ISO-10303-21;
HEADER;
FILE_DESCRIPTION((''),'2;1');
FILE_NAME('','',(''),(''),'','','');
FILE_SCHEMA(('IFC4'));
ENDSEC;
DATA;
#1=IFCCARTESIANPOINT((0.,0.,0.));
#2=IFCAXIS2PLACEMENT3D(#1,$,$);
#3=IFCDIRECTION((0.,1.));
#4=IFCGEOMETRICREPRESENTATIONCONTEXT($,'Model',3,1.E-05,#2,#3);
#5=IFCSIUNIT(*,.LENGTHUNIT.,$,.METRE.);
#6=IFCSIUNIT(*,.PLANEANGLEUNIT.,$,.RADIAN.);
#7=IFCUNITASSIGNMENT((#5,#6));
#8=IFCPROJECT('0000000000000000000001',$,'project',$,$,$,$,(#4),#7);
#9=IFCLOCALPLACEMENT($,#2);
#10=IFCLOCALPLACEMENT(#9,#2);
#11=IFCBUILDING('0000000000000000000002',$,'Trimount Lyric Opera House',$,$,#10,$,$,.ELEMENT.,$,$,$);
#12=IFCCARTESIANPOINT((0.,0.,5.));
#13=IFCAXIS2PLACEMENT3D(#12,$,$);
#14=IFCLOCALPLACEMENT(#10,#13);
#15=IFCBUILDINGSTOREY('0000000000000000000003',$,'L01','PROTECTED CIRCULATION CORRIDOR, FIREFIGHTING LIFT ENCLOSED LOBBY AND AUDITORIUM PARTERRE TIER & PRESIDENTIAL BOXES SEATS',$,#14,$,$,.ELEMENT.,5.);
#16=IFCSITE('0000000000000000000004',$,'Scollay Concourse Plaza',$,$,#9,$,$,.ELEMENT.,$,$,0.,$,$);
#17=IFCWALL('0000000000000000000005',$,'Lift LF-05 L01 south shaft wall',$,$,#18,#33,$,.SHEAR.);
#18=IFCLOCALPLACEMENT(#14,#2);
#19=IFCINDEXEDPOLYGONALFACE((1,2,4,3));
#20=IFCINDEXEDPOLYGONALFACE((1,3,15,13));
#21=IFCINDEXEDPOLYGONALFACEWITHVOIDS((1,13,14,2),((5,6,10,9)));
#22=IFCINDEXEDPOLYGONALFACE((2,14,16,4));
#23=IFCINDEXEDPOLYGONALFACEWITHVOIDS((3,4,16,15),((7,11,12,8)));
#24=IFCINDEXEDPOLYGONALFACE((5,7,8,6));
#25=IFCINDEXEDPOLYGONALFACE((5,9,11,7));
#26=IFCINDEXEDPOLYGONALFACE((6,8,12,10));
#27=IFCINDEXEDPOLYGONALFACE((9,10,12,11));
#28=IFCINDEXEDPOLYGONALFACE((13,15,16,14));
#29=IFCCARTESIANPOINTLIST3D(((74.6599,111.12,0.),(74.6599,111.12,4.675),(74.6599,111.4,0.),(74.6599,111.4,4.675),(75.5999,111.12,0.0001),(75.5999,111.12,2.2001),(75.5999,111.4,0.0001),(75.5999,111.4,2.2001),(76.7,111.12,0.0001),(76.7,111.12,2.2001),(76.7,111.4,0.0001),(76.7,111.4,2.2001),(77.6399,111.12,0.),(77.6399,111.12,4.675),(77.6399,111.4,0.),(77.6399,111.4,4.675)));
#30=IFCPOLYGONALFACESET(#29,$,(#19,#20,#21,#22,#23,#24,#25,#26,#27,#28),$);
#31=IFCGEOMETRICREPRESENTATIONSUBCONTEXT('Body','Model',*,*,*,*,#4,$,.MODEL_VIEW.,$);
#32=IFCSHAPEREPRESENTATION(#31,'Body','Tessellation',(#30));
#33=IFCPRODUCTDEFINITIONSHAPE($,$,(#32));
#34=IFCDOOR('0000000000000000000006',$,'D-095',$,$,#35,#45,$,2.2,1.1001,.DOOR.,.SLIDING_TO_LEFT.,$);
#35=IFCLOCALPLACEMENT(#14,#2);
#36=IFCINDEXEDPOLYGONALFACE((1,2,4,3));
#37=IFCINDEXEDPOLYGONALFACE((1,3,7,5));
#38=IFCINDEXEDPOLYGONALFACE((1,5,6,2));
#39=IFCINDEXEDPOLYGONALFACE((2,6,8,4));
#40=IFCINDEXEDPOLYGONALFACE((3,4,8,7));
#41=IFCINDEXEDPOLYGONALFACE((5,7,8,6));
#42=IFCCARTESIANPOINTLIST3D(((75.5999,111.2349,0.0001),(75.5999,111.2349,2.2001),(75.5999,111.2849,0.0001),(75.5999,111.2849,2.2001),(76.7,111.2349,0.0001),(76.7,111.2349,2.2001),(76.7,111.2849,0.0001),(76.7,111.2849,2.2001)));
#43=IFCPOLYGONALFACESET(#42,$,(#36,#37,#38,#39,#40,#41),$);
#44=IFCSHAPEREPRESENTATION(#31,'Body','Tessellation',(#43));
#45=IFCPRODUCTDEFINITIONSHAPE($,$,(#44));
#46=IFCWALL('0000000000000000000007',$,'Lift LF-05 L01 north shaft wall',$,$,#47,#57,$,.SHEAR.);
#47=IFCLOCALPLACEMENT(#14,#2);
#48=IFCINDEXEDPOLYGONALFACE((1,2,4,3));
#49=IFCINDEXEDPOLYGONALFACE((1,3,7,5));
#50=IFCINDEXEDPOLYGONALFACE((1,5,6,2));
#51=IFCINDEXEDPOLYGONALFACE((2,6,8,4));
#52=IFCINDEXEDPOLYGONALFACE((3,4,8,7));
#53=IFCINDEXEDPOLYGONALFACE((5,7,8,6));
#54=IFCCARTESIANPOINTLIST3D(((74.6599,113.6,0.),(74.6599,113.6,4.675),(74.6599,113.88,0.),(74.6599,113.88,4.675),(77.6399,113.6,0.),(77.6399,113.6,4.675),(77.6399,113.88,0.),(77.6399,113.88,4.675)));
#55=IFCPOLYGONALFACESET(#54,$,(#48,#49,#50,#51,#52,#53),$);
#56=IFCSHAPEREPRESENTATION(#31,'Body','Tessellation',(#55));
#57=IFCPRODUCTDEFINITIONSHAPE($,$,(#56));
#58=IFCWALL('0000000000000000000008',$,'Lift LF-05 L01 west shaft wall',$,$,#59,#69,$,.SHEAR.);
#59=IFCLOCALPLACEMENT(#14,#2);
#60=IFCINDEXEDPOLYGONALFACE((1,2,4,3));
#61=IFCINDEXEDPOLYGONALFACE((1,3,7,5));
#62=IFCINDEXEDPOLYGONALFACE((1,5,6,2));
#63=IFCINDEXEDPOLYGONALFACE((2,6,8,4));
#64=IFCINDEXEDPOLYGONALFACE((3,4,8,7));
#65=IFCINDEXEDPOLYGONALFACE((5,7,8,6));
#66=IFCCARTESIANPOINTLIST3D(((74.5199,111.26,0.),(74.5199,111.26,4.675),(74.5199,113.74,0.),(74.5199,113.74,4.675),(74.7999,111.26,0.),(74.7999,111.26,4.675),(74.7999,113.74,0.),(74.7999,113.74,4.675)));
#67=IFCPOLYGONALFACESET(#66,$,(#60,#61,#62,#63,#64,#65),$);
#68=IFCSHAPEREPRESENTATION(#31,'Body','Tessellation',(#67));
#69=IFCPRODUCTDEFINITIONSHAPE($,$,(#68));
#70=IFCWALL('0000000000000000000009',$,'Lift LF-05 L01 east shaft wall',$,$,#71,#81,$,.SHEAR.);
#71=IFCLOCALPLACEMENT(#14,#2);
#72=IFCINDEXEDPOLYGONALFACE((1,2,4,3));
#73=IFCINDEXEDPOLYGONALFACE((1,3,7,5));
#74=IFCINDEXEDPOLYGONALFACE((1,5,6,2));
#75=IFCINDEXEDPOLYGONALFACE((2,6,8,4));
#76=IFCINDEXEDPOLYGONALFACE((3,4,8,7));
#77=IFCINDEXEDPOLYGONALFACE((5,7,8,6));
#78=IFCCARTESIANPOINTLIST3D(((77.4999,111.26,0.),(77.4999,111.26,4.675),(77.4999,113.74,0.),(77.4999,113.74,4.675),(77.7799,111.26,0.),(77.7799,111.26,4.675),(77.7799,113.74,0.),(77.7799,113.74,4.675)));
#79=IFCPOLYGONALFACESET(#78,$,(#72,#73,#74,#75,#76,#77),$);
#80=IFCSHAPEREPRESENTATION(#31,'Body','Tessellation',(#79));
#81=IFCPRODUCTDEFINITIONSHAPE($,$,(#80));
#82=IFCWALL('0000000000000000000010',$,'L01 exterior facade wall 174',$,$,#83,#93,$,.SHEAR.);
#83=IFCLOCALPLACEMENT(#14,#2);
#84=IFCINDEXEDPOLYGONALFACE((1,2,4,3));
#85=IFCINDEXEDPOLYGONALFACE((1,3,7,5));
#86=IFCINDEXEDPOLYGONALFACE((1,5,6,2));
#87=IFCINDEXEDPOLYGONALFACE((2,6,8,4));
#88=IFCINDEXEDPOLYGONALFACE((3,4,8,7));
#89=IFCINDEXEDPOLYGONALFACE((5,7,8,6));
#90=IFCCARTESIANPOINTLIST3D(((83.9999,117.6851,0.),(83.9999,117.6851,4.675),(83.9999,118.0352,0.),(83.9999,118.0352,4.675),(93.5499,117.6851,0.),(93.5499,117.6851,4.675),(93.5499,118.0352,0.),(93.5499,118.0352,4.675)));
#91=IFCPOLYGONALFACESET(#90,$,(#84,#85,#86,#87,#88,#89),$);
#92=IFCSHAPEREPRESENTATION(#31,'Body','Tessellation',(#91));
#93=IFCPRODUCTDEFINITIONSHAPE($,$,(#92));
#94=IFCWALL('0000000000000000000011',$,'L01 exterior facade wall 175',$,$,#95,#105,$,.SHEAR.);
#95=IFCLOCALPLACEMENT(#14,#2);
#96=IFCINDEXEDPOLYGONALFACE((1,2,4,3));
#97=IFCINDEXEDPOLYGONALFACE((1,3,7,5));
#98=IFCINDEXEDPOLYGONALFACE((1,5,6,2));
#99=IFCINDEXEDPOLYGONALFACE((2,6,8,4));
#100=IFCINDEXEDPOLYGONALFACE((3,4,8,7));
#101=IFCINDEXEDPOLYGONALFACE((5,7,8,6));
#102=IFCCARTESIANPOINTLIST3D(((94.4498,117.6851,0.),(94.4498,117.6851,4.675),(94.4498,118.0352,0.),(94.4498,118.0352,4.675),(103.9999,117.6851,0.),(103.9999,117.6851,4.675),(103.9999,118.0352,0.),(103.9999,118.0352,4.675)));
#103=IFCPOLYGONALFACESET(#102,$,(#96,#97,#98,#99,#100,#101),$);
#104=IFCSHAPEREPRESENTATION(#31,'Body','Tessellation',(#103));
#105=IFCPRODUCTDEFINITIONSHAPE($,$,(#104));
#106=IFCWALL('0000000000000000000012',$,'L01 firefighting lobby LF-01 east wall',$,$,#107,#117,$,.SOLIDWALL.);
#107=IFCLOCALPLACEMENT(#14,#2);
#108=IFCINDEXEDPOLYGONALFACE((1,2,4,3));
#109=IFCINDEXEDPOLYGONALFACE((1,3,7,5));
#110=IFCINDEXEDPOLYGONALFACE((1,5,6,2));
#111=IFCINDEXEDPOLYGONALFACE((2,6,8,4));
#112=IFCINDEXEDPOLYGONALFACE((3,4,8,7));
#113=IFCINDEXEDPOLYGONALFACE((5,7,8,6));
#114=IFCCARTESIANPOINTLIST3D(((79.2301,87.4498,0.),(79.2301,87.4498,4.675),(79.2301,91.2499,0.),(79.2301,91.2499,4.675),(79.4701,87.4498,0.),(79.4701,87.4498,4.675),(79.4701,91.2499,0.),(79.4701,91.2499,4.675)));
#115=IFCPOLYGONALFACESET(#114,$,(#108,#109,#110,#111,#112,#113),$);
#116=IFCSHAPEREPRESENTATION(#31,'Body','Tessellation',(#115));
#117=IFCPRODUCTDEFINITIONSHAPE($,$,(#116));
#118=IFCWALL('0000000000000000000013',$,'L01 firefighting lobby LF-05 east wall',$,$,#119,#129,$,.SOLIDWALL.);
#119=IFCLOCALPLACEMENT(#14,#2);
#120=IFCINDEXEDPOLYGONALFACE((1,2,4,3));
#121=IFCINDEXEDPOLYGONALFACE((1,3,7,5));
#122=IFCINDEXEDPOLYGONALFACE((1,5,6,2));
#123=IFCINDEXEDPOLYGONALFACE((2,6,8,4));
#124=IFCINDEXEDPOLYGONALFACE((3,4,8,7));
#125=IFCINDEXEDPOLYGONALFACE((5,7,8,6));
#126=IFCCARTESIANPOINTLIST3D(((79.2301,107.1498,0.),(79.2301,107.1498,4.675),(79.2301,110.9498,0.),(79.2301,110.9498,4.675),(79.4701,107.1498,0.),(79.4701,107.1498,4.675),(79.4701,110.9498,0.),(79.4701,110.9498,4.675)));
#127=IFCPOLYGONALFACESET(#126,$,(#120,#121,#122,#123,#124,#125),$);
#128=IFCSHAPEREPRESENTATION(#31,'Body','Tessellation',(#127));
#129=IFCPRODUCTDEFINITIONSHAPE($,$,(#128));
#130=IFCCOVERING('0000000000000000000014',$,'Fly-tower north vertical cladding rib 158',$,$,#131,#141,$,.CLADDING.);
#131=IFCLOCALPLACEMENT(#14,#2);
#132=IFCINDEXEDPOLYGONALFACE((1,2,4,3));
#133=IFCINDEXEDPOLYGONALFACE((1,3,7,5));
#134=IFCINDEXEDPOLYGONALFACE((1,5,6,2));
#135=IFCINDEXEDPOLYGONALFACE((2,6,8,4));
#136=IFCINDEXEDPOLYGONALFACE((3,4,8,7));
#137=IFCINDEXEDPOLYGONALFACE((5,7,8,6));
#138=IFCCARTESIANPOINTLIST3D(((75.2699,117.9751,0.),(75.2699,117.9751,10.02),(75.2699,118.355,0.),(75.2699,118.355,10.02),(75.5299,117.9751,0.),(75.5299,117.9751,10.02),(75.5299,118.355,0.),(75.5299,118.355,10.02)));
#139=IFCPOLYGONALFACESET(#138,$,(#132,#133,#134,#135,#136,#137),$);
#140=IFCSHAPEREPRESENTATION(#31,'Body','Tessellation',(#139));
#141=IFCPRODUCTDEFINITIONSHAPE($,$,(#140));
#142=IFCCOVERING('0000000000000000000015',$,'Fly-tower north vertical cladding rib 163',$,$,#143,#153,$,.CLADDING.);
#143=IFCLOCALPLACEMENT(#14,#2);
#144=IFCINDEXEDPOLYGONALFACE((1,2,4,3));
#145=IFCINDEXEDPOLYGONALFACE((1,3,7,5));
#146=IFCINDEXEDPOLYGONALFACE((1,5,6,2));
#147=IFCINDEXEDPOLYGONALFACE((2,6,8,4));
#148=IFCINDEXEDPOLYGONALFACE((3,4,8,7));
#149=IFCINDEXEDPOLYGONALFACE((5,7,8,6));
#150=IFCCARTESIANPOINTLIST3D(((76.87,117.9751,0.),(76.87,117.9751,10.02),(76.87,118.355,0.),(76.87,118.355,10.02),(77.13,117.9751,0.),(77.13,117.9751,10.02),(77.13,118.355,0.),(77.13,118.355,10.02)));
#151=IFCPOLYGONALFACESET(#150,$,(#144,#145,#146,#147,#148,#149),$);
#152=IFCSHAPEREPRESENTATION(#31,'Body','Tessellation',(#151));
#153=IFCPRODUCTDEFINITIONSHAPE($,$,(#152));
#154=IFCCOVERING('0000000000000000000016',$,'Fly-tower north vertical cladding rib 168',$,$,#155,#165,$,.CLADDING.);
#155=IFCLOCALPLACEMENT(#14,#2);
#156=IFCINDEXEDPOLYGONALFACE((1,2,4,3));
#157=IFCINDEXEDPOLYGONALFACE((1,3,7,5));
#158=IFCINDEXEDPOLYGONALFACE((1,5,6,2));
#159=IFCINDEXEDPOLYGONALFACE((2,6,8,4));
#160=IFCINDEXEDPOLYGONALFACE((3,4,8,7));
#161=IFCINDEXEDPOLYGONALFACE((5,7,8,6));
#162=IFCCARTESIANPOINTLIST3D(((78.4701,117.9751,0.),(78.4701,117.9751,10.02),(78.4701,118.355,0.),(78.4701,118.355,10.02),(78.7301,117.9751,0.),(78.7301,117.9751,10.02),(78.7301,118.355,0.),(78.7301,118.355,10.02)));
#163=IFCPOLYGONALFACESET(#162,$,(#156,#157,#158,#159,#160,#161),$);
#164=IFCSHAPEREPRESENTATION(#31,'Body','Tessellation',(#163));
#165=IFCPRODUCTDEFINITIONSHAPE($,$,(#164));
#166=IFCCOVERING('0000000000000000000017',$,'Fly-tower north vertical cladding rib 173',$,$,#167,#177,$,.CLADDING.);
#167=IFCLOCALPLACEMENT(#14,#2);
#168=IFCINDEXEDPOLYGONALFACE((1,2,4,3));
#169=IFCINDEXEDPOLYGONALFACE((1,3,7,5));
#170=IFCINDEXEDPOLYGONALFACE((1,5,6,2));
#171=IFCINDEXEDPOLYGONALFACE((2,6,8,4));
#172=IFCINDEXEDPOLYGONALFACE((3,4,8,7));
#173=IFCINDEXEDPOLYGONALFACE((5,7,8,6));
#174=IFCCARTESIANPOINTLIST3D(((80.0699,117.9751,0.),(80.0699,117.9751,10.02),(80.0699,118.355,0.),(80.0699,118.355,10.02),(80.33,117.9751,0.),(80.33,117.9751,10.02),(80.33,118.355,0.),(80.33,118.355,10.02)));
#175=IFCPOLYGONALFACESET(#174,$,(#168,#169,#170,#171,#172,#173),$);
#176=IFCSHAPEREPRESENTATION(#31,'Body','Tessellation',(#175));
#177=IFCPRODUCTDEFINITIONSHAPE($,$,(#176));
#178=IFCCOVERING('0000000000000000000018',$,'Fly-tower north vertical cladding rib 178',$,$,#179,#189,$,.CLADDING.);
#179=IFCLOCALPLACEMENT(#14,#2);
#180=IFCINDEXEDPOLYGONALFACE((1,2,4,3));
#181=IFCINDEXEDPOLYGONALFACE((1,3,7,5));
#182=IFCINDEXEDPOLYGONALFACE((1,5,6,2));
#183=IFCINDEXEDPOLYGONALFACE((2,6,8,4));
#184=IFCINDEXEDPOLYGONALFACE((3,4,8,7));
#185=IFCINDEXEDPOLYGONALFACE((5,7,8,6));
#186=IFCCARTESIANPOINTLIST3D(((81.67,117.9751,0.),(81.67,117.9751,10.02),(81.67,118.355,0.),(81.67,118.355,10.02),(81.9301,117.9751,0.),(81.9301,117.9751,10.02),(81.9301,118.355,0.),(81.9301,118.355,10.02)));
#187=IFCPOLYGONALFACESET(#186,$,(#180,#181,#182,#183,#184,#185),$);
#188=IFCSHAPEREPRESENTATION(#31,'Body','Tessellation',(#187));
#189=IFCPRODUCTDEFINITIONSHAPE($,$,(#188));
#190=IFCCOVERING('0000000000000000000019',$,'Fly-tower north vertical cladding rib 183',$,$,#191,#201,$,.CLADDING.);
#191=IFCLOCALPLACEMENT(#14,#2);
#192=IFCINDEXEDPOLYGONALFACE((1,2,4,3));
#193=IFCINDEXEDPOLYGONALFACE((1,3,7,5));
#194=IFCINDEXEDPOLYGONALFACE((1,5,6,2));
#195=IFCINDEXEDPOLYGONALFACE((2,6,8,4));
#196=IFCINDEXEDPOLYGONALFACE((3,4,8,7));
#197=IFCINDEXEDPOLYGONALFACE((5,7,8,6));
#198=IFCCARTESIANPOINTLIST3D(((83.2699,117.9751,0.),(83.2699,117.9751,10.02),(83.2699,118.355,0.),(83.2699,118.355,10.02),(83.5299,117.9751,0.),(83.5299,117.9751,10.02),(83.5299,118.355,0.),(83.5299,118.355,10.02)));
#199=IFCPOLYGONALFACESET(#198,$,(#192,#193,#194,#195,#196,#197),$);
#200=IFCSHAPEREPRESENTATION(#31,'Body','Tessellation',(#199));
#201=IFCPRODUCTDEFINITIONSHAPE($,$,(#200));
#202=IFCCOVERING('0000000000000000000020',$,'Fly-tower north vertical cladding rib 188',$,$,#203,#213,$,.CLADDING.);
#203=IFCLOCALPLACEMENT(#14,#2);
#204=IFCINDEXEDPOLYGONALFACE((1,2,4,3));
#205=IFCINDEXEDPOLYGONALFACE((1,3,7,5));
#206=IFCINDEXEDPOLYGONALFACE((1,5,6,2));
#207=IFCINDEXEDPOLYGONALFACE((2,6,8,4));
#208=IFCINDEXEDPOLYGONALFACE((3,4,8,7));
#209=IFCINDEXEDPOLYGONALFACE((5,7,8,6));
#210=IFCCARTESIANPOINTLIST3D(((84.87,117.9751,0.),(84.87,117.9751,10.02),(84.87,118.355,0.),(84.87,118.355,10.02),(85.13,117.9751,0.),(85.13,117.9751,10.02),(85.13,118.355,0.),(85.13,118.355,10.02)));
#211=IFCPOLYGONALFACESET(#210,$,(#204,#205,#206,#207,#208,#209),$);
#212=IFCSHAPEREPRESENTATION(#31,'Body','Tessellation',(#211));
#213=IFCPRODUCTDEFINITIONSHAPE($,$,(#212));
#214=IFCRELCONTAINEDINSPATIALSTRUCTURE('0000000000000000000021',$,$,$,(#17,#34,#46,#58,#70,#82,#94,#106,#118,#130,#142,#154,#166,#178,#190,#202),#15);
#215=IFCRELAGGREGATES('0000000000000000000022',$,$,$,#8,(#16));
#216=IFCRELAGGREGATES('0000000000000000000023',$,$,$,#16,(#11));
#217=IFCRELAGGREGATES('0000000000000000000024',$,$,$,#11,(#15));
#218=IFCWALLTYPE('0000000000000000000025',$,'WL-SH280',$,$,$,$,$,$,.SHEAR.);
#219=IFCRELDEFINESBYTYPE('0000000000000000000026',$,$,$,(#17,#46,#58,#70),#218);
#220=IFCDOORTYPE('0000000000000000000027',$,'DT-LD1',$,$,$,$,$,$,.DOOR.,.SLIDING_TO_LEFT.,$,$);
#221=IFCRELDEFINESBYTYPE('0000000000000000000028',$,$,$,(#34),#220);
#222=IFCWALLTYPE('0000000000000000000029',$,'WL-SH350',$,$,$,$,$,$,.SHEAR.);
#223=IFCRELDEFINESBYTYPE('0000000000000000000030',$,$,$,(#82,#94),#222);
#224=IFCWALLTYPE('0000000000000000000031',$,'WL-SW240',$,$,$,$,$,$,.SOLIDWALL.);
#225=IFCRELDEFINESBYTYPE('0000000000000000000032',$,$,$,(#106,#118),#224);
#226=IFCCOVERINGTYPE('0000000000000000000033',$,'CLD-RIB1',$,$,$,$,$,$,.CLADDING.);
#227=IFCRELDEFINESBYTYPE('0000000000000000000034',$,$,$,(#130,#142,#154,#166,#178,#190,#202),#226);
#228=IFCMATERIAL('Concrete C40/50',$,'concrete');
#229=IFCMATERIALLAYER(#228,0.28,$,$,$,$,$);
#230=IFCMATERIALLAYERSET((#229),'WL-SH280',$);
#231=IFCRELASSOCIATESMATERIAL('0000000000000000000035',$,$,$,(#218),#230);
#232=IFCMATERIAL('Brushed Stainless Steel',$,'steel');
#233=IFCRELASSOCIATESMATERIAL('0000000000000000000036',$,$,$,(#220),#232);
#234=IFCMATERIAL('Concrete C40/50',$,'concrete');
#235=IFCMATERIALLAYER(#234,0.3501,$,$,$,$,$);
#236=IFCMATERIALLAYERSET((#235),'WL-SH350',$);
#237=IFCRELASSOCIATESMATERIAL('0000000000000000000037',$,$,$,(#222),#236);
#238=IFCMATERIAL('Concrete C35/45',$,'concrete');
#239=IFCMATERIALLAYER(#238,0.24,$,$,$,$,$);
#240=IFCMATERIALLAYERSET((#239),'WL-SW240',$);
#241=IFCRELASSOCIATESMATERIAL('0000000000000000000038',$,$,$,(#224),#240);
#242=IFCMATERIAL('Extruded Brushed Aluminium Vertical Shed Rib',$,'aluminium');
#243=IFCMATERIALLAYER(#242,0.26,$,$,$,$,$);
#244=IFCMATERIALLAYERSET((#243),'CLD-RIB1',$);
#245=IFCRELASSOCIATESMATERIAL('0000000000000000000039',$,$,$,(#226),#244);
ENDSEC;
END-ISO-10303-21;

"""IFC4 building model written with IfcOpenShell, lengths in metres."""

from ifc_helpers import new_model, si_unit, direction, frame, frame_2d, origin, origin_2d, place, context, subcontext, project, spatial, rectangle, extrude, material, layer, layer_set, type_object, element, fill, save


model = new_model("IFC4")

# Units and contexts
model_context = context("Model", 3, precision=1e-05, world=origin(), true_north=direction((0.0, 1.0)))
body_context = subcontext(model_context, "Body", "Model", "MODEL_VIEW")
ifc_project = project(units=[si_unit("LENGTHUNIT", "METRE"), si_unit("PLANEANGLEUNIT", "RADIAN")], contexts=[model_context])

# Site, building, storey
site_placement = place(None, origin())
site = spatial("IfcSite", under=ifc_project, at=site_placement, Name="Scollay Concourse Plaza", CompositionType="ELEMENT", RefElevation=0.0)
building_placement = place(site_placement, origin())
building = spatial("IfcBuilding", under=site, at=building_placement, Name="Trimount Lyric Opera House", CompositionType="ELEMENT")
storey_placement = place(building_placement, frame((0.0, 0.0, 5.0)))
storey = spatial("IfcBuildingStorey", under=building, at=storey_placement, Name="L01", Description="PROTECTED CIRCULATION CORRIDOR, FIREFIGHTING LIFT ENCLOSED LOBBY AND AUDITORIUM PARTERRE TIER & PRESIDENTIAL BOXES SEATS", CompositionType="ELEMENT", Elevation=5.0)

# Shared definitions
ifc_material_1 = material(Name="Concrete C40/50", Category="concrete")
ifc_layer_1 = layer(ifc_material_1, 0.28)
ifc_layer_set_1 = layer_set([ifc_layer_1], Name="WL-SH280")
wall_type_1 = type_object("IfcWallType", Name="WL-SH280", PredefinedType="SHEAR", material=ifc_layer_set_1)
ifc_material_2 = material(Name="Brushed Stainless Steel", Category="steel")
door_type = type_object("IfcDoorType", Name="DT-LD1", OperationType="SLIDING_TO_LEFT", PredefinedType="DOOR", material=ifc_material_2)

# Wall, opening, door
wall_1_placement = place(storey_placement, frame((74.6599, 111.26, 0.0), z_axis=(0.0, 0.0, 1.0), x_axis=(1.0, 0.0, 0.0)))
wall_1 = element("IfcWall", 1, at=wall_1_placement, inside=storey, type_object=wall_type_1, Name="Lift LF-05 L01 south shaft wall", PredefinedType="SHEAR", context=body_context, shape_type="SweptSolid", body=[
    extrude(rectangle(XDim=2.98, YDim=0.28, at=frame_2d((1.49, 0.0))), origin(), (0.0, 0.0, 1.0), 4.675),
])
opening_1_placement = place(wall_1_placement, frame((0.9399, 0.0, 0.0)))
opening_1 = element("IfcOpeningElement", 2, at=opening_1_placement, cuts=wall_1, PredefinedType="OPENING", context=body_context, shape_type="SweptSolid", body=[
    extrude(rectangle(XDim=1.1001, YDim=2.2, at=frame_2d((0.55, 1.1001))), frame((0.0, 0.1499, 0.0), z_axis=(0.0, -1.0, 0.0), x_axis=(1.0, 0.0, 0.0)), (0.0, 0.0, 1.0), 0.3),
])
door_1_placement = place(opening_1_placement, origin())
door_1 = element("IfcDoor", 3, at=door_1_placement, inside=storey, type_object=door_type, Name="D-095", OperationType="SLIDING_TO_LEFT", OverallHeight=2.2, OverallWidth=1.1001, PredefinedType="DOOR", context=body_context, shape_type="SweptSolid", body=[
    extrude(rectangle(XDim=1.1001, YDim=2.2, at=frame_2d((0.55, 1.1001))), frame((0.0, 0.0249, 0.0), z_axis=(0.0, -1.0, 0.0), x_axis=(1.0, 0.0, 0.0)), (0.0, 0.0, 1.0), 0.05),
])
fill(opening_1, door_1)

# Walls
wall_2_placement = place(storey_placement, frame((77.6399, 113.74, 0.0), z_axis=(0.0, 0.0, 1.0), x_axis=(-1.0, 0.0, 0.0)))
element("IfcWall", 4, at=wall_2_placement, inside=storey, type_object=wall_type_1, Name="Lift LF-05 L01 north shaft wall", PredefinedType="SHEAR", context=body_context, shape_type="SweptSolid", body=[
    extrude(rectangle(XDim=2.98, YDim=0.28, at=frame_2d((1.49, 0.0))), origin(), (0.0, 0.0, 1.0), 4.675),
])
for number, where, z_axis, x_axis, name in (
    (5, (74.6599, 113.74, 0.0), (0.0, 0.0, 1.0), (0.0, -1.0, 0.0), "Lift LF-05 L01 west shaft wall"),
    (6, (77.6399, 111.26, 0.0), (0.0, 0.0, 1.0), (0.0, 1.0, 0.0), "Lift LF-05 L01 east shaft wall"),
):
    element("IfcWall", number, at=place(storey_placement, frame(where, z_axis=z_axis, x_axis=x_axis)), inside=storey, type_object=wall_type_1, Name=name, PredefinedType="SHEAR", context=body_context, shape_type="SweptSolid", body=[
        extrude(rectangle(XDim=2.48, YDim=0.28, at=frame_2d((1.24, 0.0))), origin(), (0.0, 0.0, 1.0), 4.675),
    ])
ifc_material_3 = material(Name="Concrete C40/50", Category="concrete")
ifc_layer_2 = layer(ifc_material_3, 0.3501)
ifc_layer_set_2 = layer_set([ifc_layer_2], Name="WL-SH350")
wall_type_2 = type_object("IfcWallType", Name="WL-SH350", PredefinedType="SHEAR", material=ifc_layer_set_2)
for number, where, z_axis, x_axis, name in (
    (7, (84.0, 117.8601, 0.0), (0.0, 0.0, 1.0), (1.0, 0.0, 0.0), "L01 exterior facade wall 174"),
    (8, (94.45, 117.8601, 0.0), (0.0, 0.0, 1.0), (1.0, 0.0, 0.0), "L01 exterior facade wall 175"),
):
    element("IfcWall", number, at=place(storey_placement, frame(where, z_axis=z_axis, x_axis=x_axis)), inside=storey, type_object=wall_type_2, Name=name, PredefinedType="SHEAR", context=body_context, shape_type="SweptSolid", body=[
        extrude(rectangle(XDim=9.55, YDim=0.3501, at=frame_2d((4.7749, 0.0))), origin(), (0.0, 0.0, 1.0), 4.675),
    ])
ifc_material_4 = material(Name="Concrete C35/45", Category="concrete")
ifc_layer_3 = layer(ifc_material_4, 0.24)
ifc_layer_set_3 = layer_set([ifc_layer_3], Name="WL-SW240")
wall_type_3 = type_object("IfcWallType", Name="WL-SW240", PredefinedType="SOLIDWALL", material=ifc_layer_set_3)
for number, where, z_axis, x_axis, name in (
    (9, (79.3501, 87.45, 0.0), (0.0, 0.0, 1.0), (0.0, 1.0, 0.0), "L01 firefighting lobby LF-01 east wall"),
    (10, (79.3501, 107.1499, 0.0), (0.0, 0.0, 1.0), (0.0, 1.0, 0.0), "L01 firefighting lobby LF-05 east wall"),
):
    element("IfcWall", number, at=place(storey_placement, frame(where, z_axis=z_axis, x_axis=x_axis)), inside=storey, type_object=wall_type_3, Name=name, PredefinedType="SOLIDWALL", context=body_context, shape_type="SweptSolid", body=[
        extrude(rectangle(XDim=3.8, YDim=0.24, at=frame_2d((1.8999, 0.0))), origin(), (0.0, 0.0, 1.0), 4.675),
    ])

# Coverings
ifc_material_5 = material(Name="Extruded Brushed Aluminium Vertical Shed Rib", Category="aluminium")
ifc_layer_4 = layer(ifc_material_5, 0.26)
ifc_layer_set_4 = layer_set([ifc_layer_4], Name="CLD-RIB1")
covering_type = type_object("IfcCoveringType", Name="CLD-RIB1", PredefinedType="CLADDING", material=ifc_layer_set_4)
for number, where, z_axis, x_axis, name in (
    (11, (75.3999, 118.165, 0.0), (0.0, 0.0, 1.0), (1.0, 0.0, 0.0), "Fly-tower north vertical cladding rib 158"),
    (12, (77.0, 118.165, 0.0), (0.0, 0.0, 1.0), (1.0, 0.0, 0.0), "Fly-tower north vertical cladding rib 163"),
    (13, (78.6001, 118.165, 0.0), (0.0, 0.0, 1.0), (1.0, 0.0, 0.0), "Fly-tower north vertical cladding rib 168"),
    (14, (80.2, 118.165, 0.0), (0.0, 0.0, 1.0), (1.0, 0.0, 0.0), "Fly-tower north vertical cladding rib 173"),
    (15, (81.8, 118.165, 0.0), (0.0, 0.0, 1.0), (1.0, 0.0, 0.0), "Fly-tower north vertical cladding rib 178"),
    (16, (83.3999, 118.165, 0.0), (0.0, 0.0, 1.0), (1.0, 0.0, 0.0), "Fly-tower north vertical cladding rib 183"),
    (17, (85.0, 118.165, 0.0), (0.0, 0.0, 1.0), (1.0, 0.0, 0.0), "Fly-tower north vertical cladding rib 188"),
):
    element("IfcCovering", number, at=place(storey_placement, frame(where, z_axis=z_axis, x_axis=x_axis)), inside=storey, type_object=covering_type, Name=name, PredefinedType="CLADDING", context=body_context, shape_type="SweptSolid", body=[
        extrude(rectangle(XDim=0.26, YDim=0.3799, at=origin_2d()), origin(), (0.0, 0.0, 1.0), 10.02),
    ])

save(model, "model.ifc")
